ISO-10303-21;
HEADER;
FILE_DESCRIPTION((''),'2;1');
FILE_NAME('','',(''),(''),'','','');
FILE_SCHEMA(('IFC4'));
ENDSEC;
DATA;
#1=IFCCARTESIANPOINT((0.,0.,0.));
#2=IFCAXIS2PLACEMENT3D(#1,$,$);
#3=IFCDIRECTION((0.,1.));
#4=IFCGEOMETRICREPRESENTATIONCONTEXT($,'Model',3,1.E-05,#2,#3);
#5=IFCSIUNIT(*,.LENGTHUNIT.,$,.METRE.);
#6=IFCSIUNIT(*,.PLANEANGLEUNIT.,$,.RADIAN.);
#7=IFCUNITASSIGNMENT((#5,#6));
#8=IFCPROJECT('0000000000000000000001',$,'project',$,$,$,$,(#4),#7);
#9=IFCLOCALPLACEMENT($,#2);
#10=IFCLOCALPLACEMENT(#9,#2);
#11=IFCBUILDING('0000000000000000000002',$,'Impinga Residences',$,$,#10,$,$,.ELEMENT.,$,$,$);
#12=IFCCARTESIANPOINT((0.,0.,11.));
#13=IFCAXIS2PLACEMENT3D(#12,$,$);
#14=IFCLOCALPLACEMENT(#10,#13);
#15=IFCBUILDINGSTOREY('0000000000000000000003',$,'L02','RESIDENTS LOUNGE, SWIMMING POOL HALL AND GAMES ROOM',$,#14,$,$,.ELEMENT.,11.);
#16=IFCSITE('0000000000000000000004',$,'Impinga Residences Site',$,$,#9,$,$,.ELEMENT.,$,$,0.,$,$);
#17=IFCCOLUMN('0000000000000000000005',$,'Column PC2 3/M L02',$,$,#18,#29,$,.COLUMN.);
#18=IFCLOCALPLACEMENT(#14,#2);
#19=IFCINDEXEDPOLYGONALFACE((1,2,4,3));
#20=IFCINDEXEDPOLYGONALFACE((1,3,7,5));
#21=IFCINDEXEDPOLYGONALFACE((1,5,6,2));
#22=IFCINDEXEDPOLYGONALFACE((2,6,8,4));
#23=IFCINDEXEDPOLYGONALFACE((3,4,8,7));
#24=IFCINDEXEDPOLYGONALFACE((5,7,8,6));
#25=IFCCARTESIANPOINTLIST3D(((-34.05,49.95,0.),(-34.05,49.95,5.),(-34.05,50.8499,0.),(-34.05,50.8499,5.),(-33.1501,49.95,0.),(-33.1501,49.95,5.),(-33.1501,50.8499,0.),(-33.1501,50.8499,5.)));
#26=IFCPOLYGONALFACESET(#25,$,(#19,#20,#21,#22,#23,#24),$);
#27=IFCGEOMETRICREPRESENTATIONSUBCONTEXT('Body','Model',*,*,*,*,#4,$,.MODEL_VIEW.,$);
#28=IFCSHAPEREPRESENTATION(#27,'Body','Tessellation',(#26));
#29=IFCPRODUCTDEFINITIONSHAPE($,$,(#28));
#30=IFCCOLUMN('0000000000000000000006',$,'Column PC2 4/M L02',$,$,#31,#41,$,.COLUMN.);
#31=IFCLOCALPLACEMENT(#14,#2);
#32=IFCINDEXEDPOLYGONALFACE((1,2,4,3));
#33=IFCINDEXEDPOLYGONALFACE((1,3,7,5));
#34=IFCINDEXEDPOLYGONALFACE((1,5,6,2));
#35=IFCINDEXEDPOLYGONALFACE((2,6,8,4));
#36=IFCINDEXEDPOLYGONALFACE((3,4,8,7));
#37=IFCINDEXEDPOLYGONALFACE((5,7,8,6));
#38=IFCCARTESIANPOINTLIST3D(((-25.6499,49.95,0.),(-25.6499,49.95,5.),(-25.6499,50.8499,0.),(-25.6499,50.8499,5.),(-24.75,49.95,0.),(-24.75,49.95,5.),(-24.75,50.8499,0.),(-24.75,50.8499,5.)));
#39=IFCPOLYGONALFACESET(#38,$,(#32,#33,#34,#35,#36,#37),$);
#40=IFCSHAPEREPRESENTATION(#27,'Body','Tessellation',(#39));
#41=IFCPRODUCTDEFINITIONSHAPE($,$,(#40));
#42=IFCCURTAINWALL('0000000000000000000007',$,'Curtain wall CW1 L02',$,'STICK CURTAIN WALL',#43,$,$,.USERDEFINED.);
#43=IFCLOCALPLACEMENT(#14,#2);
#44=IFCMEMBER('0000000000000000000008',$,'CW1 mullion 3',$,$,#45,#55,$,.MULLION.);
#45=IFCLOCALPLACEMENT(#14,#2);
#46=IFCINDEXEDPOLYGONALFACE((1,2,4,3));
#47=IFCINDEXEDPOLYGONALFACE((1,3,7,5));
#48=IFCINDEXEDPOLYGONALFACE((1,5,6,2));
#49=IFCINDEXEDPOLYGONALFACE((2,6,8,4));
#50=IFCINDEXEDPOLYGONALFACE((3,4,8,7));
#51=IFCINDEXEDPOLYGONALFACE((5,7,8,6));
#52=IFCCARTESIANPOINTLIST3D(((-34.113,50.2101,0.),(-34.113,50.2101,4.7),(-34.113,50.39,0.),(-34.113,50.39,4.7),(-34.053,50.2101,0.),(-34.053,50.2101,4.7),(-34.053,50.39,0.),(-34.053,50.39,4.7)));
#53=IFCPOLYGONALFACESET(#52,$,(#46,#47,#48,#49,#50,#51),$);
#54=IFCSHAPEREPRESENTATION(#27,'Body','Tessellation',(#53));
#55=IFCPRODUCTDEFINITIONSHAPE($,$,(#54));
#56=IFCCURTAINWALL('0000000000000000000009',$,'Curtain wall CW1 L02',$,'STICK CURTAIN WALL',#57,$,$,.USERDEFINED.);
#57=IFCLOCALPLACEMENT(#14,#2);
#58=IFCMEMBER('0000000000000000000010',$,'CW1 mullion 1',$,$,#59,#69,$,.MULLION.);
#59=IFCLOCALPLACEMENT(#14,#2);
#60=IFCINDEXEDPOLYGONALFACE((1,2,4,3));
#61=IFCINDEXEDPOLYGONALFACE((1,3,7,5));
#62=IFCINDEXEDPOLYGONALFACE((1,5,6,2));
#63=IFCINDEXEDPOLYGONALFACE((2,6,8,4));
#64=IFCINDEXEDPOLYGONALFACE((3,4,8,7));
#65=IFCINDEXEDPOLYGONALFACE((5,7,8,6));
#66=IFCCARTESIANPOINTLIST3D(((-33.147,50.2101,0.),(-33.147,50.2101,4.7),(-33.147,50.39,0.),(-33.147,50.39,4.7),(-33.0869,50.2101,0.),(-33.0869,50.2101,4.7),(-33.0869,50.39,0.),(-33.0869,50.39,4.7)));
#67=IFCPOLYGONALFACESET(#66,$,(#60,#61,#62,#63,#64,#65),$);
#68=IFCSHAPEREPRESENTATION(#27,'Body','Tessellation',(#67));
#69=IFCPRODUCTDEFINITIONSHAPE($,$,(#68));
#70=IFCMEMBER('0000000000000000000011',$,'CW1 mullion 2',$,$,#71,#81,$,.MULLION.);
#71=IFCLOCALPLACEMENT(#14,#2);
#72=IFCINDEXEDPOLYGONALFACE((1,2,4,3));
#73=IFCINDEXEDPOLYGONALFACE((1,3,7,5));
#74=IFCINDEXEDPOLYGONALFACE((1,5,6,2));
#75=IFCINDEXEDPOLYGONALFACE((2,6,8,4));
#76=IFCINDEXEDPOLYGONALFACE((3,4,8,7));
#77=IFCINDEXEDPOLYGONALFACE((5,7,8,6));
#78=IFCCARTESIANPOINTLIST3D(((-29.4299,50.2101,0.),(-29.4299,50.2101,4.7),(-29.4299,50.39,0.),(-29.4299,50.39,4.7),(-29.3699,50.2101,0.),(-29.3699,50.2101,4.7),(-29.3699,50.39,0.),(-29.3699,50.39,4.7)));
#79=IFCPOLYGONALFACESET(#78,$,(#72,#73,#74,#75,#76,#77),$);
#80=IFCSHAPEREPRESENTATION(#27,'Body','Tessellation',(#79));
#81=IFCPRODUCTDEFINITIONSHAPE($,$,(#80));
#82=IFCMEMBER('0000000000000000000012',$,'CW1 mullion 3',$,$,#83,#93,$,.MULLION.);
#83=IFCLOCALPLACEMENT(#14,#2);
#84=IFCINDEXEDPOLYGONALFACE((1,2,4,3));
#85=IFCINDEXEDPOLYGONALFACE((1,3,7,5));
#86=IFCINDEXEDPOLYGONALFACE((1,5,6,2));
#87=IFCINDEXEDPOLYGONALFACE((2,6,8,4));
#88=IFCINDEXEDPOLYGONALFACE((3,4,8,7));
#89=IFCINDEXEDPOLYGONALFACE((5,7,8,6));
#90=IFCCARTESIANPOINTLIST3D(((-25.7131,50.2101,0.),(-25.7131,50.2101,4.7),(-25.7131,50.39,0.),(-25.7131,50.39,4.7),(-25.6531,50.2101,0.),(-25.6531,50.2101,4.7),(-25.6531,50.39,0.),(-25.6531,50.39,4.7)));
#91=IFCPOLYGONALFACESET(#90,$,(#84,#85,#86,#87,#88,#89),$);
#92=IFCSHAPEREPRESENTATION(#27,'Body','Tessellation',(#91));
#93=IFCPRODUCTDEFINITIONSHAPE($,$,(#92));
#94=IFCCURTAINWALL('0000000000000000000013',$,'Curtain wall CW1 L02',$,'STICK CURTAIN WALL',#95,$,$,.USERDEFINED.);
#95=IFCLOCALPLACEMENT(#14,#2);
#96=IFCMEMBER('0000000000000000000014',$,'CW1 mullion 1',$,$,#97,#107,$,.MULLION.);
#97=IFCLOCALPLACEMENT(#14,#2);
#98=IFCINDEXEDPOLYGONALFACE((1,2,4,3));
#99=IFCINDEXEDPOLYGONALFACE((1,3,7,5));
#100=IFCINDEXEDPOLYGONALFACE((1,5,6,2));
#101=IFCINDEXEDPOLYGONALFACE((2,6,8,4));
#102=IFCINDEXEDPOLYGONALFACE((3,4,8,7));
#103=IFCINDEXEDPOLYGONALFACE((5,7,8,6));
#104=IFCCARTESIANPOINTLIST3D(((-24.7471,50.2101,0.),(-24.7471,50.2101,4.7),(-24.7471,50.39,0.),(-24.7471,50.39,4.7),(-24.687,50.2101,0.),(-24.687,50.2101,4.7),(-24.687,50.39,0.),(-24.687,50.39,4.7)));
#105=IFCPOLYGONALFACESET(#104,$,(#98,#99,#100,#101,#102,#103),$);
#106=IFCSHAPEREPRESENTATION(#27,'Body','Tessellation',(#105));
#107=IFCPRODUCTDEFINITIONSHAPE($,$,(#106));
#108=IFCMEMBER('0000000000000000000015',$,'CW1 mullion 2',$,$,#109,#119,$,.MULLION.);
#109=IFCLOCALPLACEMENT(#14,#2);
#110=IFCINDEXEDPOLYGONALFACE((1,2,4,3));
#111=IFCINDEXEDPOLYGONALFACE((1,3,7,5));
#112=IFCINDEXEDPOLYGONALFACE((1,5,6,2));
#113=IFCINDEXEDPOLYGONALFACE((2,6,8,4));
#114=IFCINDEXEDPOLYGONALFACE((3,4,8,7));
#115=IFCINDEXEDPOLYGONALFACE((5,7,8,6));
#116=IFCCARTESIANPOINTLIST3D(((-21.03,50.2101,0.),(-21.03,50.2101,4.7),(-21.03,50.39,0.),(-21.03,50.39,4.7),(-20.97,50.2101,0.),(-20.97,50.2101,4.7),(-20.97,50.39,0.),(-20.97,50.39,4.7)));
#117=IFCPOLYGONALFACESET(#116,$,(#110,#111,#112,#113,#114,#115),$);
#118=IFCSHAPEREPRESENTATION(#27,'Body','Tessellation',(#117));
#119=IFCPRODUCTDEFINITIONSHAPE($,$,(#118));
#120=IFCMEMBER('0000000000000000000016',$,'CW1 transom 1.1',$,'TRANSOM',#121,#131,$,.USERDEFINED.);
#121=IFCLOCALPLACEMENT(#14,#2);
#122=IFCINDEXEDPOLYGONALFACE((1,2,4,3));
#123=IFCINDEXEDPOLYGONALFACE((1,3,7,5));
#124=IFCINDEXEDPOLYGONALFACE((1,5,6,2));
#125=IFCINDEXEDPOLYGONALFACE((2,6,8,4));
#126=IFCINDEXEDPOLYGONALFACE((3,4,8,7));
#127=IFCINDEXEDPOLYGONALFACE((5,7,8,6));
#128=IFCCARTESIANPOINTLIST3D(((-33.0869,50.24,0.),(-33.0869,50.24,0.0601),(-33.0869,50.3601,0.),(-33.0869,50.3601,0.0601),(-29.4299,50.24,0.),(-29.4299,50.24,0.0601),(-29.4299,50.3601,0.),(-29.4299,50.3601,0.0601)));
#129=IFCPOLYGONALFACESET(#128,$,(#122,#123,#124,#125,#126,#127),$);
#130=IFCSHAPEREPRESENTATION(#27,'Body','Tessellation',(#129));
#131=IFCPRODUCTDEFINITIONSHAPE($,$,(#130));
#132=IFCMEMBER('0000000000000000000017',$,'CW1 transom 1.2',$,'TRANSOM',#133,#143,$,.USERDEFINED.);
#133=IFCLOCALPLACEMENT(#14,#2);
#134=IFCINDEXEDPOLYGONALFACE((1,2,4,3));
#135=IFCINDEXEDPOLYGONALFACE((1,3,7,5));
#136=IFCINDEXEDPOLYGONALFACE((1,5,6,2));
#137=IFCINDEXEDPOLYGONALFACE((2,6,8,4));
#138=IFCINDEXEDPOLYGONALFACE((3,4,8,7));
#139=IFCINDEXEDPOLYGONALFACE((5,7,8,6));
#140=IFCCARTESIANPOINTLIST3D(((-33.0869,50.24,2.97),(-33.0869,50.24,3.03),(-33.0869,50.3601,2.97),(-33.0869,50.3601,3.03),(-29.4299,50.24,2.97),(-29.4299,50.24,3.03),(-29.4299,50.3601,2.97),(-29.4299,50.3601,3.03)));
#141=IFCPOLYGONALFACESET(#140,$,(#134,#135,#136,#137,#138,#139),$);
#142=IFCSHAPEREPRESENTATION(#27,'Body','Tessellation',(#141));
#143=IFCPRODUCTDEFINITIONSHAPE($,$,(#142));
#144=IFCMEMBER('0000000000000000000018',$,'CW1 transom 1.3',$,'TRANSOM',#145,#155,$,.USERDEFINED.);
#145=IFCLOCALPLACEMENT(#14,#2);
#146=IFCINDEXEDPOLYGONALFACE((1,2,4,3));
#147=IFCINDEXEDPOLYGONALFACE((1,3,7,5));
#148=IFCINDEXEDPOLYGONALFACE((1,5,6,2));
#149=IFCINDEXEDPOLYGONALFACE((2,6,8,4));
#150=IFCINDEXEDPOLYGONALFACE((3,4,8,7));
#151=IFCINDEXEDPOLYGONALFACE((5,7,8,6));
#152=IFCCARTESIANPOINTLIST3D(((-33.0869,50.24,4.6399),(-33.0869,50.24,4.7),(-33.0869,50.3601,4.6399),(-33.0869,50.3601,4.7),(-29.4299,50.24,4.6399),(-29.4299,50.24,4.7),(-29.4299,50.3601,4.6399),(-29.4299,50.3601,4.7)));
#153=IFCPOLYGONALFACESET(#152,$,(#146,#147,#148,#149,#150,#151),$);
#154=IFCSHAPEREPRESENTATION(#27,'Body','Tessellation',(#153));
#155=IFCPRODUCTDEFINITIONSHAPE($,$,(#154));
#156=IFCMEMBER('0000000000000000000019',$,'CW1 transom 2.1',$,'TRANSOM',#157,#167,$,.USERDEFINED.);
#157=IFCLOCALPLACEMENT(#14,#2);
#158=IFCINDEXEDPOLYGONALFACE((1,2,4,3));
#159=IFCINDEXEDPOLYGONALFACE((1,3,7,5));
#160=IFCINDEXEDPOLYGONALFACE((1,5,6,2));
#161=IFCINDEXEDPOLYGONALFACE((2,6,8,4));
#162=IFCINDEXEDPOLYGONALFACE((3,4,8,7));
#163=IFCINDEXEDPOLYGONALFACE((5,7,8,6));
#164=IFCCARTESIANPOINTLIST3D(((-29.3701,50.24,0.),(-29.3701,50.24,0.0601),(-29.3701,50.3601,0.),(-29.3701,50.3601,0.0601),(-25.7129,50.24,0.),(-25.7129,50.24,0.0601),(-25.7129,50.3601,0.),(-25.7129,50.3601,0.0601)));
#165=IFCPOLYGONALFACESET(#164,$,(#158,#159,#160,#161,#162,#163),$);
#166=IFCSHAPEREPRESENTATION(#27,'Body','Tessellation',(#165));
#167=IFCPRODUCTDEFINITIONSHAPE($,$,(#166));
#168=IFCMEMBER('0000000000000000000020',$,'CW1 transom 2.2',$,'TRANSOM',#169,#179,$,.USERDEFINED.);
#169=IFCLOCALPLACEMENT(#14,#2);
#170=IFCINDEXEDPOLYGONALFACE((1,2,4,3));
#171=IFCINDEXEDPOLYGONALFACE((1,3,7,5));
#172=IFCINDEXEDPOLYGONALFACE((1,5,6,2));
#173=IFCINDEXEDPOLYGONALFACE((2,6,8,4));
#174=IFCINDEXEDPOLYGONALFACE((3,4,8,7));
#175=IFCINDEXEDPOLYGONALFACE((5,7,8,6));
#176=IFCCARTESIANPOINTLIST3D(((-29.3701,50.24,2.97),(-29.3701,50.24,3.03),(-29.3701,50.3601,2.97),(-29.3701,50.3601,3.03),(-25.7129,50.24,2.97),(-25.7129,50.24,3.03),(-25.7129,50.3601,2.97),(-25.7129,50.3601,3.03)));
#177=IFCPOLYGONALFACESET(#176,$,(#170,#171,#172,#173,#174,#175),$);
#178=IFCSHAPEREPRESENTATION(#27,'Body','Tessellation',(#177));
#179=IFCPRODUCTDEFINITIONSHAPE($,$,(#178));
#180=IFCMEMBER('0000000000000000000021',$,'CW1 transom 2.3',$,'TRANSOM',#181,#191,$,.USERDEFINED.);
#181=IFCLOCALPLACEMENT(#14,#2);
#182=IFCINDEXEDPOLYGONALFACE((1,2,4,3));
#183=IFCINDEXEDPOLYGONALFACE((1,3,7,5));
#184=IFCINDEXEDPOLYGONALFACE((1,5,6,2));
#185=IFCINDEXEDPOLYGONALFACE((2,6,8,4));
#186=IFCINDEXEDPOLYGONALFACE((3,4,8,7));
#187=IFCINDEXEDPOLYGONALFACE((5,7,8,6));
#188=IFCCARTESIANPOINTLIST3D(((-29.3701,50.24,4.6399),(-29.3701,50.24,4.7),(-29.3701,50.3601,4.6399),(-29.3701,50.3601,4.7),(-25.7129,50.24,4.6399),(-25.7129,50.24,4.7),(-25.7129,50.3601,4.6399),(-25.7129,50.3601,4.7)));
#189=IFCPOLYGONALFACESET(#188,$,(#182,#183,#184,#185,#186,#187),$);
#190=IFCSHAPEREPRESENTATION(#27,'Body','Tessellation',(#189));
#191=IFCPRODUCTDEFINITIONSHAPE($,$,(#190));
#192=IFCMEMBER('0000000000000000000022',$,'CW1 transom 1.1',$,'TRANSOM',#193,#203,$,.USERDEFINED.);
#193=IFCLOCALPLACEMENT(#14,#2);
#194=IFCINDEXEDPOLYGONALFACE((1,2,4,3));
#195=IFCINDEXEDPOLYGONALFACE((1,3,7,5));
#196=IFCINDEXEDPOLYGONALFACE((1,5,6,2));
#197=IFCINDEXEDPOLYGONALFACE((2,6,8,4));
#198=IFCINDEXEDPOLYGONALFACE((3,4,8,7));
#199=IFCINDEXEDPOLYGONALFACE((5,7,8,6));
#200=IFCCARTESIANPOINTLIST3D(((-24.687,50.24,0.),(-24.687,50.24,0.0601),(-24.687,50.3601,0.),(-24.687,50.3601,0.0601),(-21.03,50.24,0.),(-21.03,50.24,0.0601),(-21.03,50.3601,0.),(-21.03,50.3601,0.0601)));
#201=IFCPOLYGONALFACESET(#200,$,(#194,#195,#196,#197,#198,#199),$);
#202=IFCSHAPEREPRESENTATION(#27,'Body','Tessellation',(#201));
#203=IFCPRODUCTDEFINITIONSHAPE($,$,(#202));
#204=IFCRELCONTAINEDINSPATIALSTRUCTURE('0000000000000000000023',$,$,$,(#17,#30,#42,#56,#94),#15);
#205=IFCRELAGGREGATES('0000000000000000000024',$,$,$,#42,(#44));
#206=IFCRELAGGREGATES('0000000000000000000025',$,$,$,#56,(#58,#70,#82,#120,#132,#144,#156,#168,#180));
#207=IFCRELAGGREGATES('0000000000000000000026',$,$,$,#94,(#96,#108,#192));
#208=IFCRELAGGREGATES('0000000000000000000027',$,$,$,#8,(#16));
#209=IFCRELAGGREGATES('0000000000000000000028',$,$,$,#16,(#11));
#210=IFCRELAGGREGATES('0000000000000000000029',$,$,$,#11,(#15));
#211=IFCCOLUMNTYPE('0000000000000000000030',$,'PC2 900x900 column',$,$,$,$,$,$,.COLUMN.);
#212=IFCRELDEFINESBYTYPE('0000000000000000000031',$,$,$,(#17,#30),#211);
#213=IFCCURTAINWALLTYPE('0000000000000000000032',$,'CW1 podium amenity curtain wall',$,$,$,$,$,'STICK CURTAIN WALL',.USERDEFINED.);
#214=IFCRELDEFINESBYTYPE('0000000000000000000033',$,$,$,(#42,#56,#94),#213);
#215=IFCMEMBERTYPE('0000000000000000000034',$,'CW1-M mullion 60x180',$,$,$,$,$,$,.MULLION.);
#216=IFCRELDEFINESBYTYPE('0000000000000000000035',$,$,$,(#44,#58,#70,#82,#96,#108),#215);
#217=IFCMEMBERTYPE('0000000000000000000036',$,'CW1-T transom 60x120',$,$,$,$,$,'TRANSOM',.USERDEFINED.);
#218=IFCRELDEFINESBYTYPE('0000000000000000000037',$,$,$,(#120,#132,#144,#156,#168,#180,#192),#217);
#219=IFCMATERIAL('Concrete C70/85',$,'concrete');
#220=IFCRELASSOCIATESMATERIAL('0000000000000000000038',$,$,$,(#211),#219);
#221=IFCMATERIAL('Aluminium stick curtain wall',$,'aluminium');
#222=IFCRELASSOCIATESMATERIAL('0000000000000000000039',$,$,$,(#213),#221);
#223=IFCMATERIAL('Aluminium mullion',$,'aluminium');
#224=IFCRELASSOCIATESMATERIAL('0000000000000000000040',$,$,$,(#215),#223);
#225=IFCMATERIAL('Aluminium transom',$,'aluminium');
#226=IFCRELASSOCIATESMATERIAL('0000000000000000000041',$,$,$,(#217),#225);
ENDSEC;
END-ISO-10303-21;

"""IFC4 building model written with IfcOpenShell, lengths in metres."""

from ifc_helpers import new_model, si_unit, direction, frame, origin, origin_2d, place, context, subcontext, project, spatial, rectangle, extrude, material, material_profile, profile_set, type_object, element, aggregate, save


model = new_model("IFC4")

# Units and contexts
model_context = context("Model", 3, precision=1e-05, world=origin(), true_north=direction((0.0, 1.0)))
body_context = subcontext(model_context, "Body", "Model", "MODEL_VIEW")
ifc_project = project(units=[si_unit("LENGTHUNIT", "METRE"), si_unit("PLANEANGLEUNIT", "RADIAN")], contexts=[model_context])

# Site, building, storey
site_placement = place(None, origin())
site = spatial("IfcSite", under=ifc_project, at=site_placement, Name="Impinga Residences Site", CompositionType="ELEMENT", RefElevation=0.0)
building_placement = place(site_placement, origin())
building = spatial("IfcBuilding", under=site, at=building_placement, Name="Impinga Residences", CompositionType="ELEMENT")
storey_placement = place(building_placement, frame((0.0, 0.0, 11.0)))
storey = spatial("IfcBuildingStorey", under=building, at=storey_placement, Name="L02", Description="RESIDENTS LOUNGE, SWIMMING POOL HALL AND GAMES ROOM", CompositionType="ELEMENT", Elevation=11.0)

# Columns
ifc_material_1 = material(Name="Concrete C70/85", Category="concrete")
ifc_material_profile_1 = material_profile(ifc_material_1, rectangle(XDim=0.8999, YDim=0.8999, at=origin_2d()), Name="RC 900x900")
ifc_profile_set_1 = profile_set([ifc_material_profile_1], Name="Concrete C70/85")
column_type = type_object("IfcColumnType", Name="PC2 900x900 column", PredefinedType="COLUMN", material=ifc_profile_set_1)
for number, where, z_axis, x_axis, name in (
    (1, (-33.6001, 50.3999, 0.0), (0.0, 0.0, 1.0), (1.0, 0.0, 0.0), "Column PC2 3/M L02"),
    (2, (-25.2, 50.3999, 0.0), (0.0, 0.0, 1.0), (1.0, 0.0, 0.0), "Column PC2 4/M L02"),
):
    element("IfcColumn", number, at=place(storey_placement, frame(where, z_axis=z_axis, x_axis=x_axis)), inside=storey, type_object=column_type, Name=name, PredefinedType="COLUMN", context=body_context, shape_type="SweptSolid", body=[
        extrude(rectangle(XDim=0.8999, YDim=0.8999, at=origin_2d()), origin(), (0.0, 0.0, 1.0), 5.0),
    ])

# Curtain wall, member
ifc_material_2 = material(Name="Aluminium stick curtain wall", Category="aluminium")
curtain_wall_type = type_object("IfcCurtainWallType", Name="CW1 podium amenity curtain wall", ElementType="STICK CURTAIN WALL", PredefinedType="USERDEFINED", material=ifc_material_2)
curtain_wall_1_placement = place(storey_placement, origin())
curtain_wall_1 = element("IfcCurtainWall", 3, at=curtain_wall_1_placement, inside=storey, type_object=curtain_wall_type, Name="Curtain wall CW1 L02", ObjectType="STICK CURTAIN WALL", PredefinedType="USERDEFINED")
ifc_material_3 = material(Name="Aluminium mullion", Category="aluminium")
ifc_material_profile_2 = material_profile(ifc_material_3, rectangle(XDim=0.0601, YDim=0.1799, at=origin_2d()), Name="60x180 mullion")
ifc_profile_set_2 = profile_set([ifc_material_profile_2], Name="Aluminium mullion")
member_type_1 = type_object("IfcMemberType", Name="CW1-M mullion 60x180", PredefinedType="MULLION", material=ifc_profile_set_2)
member_1_placement = place(storey_placement, frame((-34.083, 50.3, 0.0), z_axis=(0.0, 0.0, 1.0), x_axis=(1.0, 0.0, 0.0)))
member_1 = element("IfcMember", 4, at=member_1_placement, type_object=member_type_1, Name="CW1 mullion 3", PredefinedType="MULLION", context=body_context, shape_type="SweptSolid", body=[
    extrude(rectangle(XDim=0.0601, YDim=0.1799, at=origin_2d()), origin(), (0.0, 0.0, 1.0), 4.7),
])

# Curtain walls, members
curtain_wall_2_placement = place(storey_placement, origin())
curtain_wall_2 = element("IfcCurtainWall", 5, at=curtain_wall_2_placement, inside=storey, type_object=curtain_wall_type, Name="Curtain wall CW1 L02", ObjectType="STICK CURTAIN WALL", PredefinedType="USERDEFINED")
member_2_placement = place(storey_placement, frame((-33.1169, 50.3, 0.0), z_axis=(0.0, 0.0, 1.0), x_axis=(1.0, 0.0, 0.0)))
member_2 = element("IfcMember", 6, at=member_2_placement, type_object=member_type_1, Name="CW1 mullion 1", PredefinedType="MULLION", context=body_context, shape_type="SweptSolid", body=[
    extrude(rectangle(XDim=0.0601, YDim=0.1799, at=origin_2d()), origin(), (0.0, 0.0, 1.0), 4.7),
])
member_3_placement = place(storey_placement, frame((-29.3999, 50.3, 0.0), z_axis=(0.0, 0.0, 1.0), x_axis=(1.0, 0.0, 0.0)))
member_3 = element("IfcMember", 7, at=member_3_placement, type_object=member_type_1, Name="CW1 mullion 2", PredefinedType="MULLION", context=body_context, shape_type="SweptSolid", body=[
    extrude(rectangle(XDim=0.0601, YDim=0.1799, at=origin_2d()), origin(), (0.0, 0.0, 1.0), 4.7),
])
member_4_placement = place(storey_placement, frame((-25.6831, 50.3, 0.0), z_axis=(0.0, 0.0, 1.0), x_axis=(1.0, 0.0, 0.0)))
member_4 = element("IfcMember", 8, at=member_4_placement, type_object=member_type_1, Name="CW1 mullion 3", PredefinedType="MULLION", context=body_context, shape_type="SweptSolid", body=[
    extrude(rectangle(XDim=0.0601, YDim=0.1799, at=origin_2d()), origin(), (0.0, 0.0, 1.0), 4.7),
])
curtain_wall_3_placement = place(storey_placement, origin())
curtain_wall_3 = element("IfcCurtainWall", 9, at=curtain_wall_3_placement, inside=storey, type_object=curtain_wall_type, Name="Curtain wall CW1 L02", ObjectType="STICK CURTAIN WALL", PredefinedType="USERDEFINED")
member_5_placement = place(storey_placement, frame((-24.717, 50.3, 0.0), z_axis=(0.0, 0.0, 1.0), x_axis=(1.0, 0.0, 0.0)))
member_5 = element("IfcMember", 10, at=member_5_placement, type_object=member_type_1, Name="CW1 mullion 1", PredefinedType="MULLION", context=body_context, shape_type="SweptSolid", body=[
    extrude(rectangle(XDim=0.0601, YDim=0.1799, at=origin_2d()), origin(), (0.0, 0.0, 1.0), 4.7),
])
member_6_placement = place(storey_placement, frame((-21.0, 50.3, 0.0), z_axis=(0.0, 0.0, 1.0), x_axis=(1.0, 0.0, 0.0)))
member_6 = element("IfcMember", 11, at=member_6_placement, type_object=member_type_1, Name="CW1 mullion 2", PredefinedType="MULLION", context=body_context, shape_type="SweptSolid", body=[
    extrude(rectangle(XDim=0.0601, YDim=0.1799, at=origin_2d()), origin(), (0.0, 0.0, 1.0), 4.7),
])

# Members
ifc_material_4 = material(Name="Aluminium transom", Category="aluminium")
ifc_material_profile_3 = material_profile(ifc_material_4, rectangle(XDim=0.0601, YDim=0.1201, at=origin_2d()), Name="60x120 transom")
ifc_profile_set_3 = profile_set([ifc_material_profile_3], Name="Aluminium transom")
member_type_2 = type_object("IfcMemberType", Name="CW1-T transom 60x120", ElementType="TRANSOM", PredefinedType="USERDEFINED", material=ifc_profile_set_3)
member_7_placement = place(storey_placement, frame((-33.0869, 50.3, 0.03), z_axis=(1.0, 0.0, 0.0), x_axis=(0.0, 0.0, 1.0)))
member_7 = element("IfcMember", 12, at=member_7_placement, type_object=member_type_2, Name="CW1 transom 1.1", ObjectType="TRANSOM", PredefinedType="USERDEFINED", context=body_context, shape_type="SweptSolid", body=[
    extrude(rectangle(XDim=0.0601, YDim=0.1201, at=origin_2d()), origin(), (0.0, 0.0, 1.0), 3.657),
])
member_8_placement = place(storey_placement, frame((-33.0869, 50.3, 3.0), z_axis=(1.0, 0.0, 0.0), x_axis=(0.0, 0.0, 1.0)))
member_8 = element("IfcMember", 13, at=member_8_placement, type_object=member_type_2, Name="CW1 transom 1.2", ObjectType="TRANSOM", PredefinedType="USERDEFINED", context=body_context, shape_type="SweptSolid", body=[
    extrude(rectangle(XDim=0.0601, YDim=0.1201, at=origin_2d()), origin(), (0.0, 0.0, 1.0), 3.657),
])
member_9_placement = place(storey_placement, frame((-33.0869, 50.3, 4.6699), z_axis=(1.0, 0.0, 0.0), x_axis=(0.0, 0.0, 1.0)))
member_9 = element("IfcMember", 14, at=member_9_placement, type_object=member_type_2, Name="CW1 transom 1.3", ObjectType="TRANSOM", PredefinedType="USERDEFINED", context=body_context, shape_type="SweptSolid", body=[
    extrude(rectangle(XDim=0.0601, YDim=0.1201, at=origin_2d()), origin(), (0.0, 0.0, 1.0), 3.657),
])
member_10_placement = place(storey_placement, frame((-29.3701, 50.3, 0.03), z_axis=(1.0, 0.0, 0.0), x_axis=(0.0, 0.0, 1.0)))
member_10 = element("IfcMember", 15, at=member_10_placement, type_object=member_type_2, Name="CW1 transom 2.1", ObjectType="TRANSOM", PredefinedType="USERDEFINED", context=body_context, shape_type="SweptSolid", body=[
    extrude(rectangle(XDim=0.0601, YDim=0.1201, at=origin_2d()), origin(), (0.0, 0.0, 1.0), 3.6572),
])
member_11_placement = place(storey_placement, frame((-29.3701, 50.3, 3.0), z_axis=(1.0, 0.0, 0.0), x_axis=(0.0, 0.0, 1.0)))
member_11 = element("IfcMember", 16, at=member_11_placement, type_object=member_type_2, Name="CW1 transom 2.2", ObjectType="TRANSOM", PredefinedType="USERDEFINED", context=body_context, shape_type="SweptSolid", body=[
    extrude(rectangle(XDim=0.0601, YDim=0.1201, at=origin_2d()), origin(), (0.0, 0.0, 1.0), 3.6572),
])
member_12_placement = place(storey_placement, frame((-29.3701, 50.3, 4.6699), z_axis=(1.0, 0.0, 0.0), x_axis=(0.0, 0.0, 1.0)))
member_12 = element("IfcMember", 17, at=member_12_placement, type_object=member_type_2, Name="CW1 transom 2.3", ObjectType="TRANSOM", PredefinedType="USERDEFINED", context=body_context, shape_type="SweptSolid", body=[
    extrude(rectangle(XDim=0.0601, YDim=0.1201, at=origin_2d()), origin(), (0.0, 0.0, 1.0), 3.6572),
])
member_13_placement = place(storey_placement, frame((-24.687, 50.3, 0.03), z_axis=(1.0, 0.0, 0.0), x_axis=(0.0, 0.0, 1.0)))
member_13 = element("IfcMember", 18, at=member_13_placement, type_object=member_type_2, Name="CW1 transom 1.1", ObjectType="TRANSOM", PredefinedType="USERDEFINED", context=body_context, shape_type="SweptSolid", body=[
    extrude(rectangle(XDim=0.0601, YDim=0.1201, at=origin_2d()), origin(), (0.0, 0.0, 1.0), 3.657),
])

aggregate(curtain_wall_1, [member_1])
aggregate(curtain_wall_2, [member_2, member_3, member_4, member_7, member_8, member_9, member_10, member_11, member_12])
aggregate(curtain_wall_3, [member_5, member_6, member_13])

save(model, "model.ifc")
